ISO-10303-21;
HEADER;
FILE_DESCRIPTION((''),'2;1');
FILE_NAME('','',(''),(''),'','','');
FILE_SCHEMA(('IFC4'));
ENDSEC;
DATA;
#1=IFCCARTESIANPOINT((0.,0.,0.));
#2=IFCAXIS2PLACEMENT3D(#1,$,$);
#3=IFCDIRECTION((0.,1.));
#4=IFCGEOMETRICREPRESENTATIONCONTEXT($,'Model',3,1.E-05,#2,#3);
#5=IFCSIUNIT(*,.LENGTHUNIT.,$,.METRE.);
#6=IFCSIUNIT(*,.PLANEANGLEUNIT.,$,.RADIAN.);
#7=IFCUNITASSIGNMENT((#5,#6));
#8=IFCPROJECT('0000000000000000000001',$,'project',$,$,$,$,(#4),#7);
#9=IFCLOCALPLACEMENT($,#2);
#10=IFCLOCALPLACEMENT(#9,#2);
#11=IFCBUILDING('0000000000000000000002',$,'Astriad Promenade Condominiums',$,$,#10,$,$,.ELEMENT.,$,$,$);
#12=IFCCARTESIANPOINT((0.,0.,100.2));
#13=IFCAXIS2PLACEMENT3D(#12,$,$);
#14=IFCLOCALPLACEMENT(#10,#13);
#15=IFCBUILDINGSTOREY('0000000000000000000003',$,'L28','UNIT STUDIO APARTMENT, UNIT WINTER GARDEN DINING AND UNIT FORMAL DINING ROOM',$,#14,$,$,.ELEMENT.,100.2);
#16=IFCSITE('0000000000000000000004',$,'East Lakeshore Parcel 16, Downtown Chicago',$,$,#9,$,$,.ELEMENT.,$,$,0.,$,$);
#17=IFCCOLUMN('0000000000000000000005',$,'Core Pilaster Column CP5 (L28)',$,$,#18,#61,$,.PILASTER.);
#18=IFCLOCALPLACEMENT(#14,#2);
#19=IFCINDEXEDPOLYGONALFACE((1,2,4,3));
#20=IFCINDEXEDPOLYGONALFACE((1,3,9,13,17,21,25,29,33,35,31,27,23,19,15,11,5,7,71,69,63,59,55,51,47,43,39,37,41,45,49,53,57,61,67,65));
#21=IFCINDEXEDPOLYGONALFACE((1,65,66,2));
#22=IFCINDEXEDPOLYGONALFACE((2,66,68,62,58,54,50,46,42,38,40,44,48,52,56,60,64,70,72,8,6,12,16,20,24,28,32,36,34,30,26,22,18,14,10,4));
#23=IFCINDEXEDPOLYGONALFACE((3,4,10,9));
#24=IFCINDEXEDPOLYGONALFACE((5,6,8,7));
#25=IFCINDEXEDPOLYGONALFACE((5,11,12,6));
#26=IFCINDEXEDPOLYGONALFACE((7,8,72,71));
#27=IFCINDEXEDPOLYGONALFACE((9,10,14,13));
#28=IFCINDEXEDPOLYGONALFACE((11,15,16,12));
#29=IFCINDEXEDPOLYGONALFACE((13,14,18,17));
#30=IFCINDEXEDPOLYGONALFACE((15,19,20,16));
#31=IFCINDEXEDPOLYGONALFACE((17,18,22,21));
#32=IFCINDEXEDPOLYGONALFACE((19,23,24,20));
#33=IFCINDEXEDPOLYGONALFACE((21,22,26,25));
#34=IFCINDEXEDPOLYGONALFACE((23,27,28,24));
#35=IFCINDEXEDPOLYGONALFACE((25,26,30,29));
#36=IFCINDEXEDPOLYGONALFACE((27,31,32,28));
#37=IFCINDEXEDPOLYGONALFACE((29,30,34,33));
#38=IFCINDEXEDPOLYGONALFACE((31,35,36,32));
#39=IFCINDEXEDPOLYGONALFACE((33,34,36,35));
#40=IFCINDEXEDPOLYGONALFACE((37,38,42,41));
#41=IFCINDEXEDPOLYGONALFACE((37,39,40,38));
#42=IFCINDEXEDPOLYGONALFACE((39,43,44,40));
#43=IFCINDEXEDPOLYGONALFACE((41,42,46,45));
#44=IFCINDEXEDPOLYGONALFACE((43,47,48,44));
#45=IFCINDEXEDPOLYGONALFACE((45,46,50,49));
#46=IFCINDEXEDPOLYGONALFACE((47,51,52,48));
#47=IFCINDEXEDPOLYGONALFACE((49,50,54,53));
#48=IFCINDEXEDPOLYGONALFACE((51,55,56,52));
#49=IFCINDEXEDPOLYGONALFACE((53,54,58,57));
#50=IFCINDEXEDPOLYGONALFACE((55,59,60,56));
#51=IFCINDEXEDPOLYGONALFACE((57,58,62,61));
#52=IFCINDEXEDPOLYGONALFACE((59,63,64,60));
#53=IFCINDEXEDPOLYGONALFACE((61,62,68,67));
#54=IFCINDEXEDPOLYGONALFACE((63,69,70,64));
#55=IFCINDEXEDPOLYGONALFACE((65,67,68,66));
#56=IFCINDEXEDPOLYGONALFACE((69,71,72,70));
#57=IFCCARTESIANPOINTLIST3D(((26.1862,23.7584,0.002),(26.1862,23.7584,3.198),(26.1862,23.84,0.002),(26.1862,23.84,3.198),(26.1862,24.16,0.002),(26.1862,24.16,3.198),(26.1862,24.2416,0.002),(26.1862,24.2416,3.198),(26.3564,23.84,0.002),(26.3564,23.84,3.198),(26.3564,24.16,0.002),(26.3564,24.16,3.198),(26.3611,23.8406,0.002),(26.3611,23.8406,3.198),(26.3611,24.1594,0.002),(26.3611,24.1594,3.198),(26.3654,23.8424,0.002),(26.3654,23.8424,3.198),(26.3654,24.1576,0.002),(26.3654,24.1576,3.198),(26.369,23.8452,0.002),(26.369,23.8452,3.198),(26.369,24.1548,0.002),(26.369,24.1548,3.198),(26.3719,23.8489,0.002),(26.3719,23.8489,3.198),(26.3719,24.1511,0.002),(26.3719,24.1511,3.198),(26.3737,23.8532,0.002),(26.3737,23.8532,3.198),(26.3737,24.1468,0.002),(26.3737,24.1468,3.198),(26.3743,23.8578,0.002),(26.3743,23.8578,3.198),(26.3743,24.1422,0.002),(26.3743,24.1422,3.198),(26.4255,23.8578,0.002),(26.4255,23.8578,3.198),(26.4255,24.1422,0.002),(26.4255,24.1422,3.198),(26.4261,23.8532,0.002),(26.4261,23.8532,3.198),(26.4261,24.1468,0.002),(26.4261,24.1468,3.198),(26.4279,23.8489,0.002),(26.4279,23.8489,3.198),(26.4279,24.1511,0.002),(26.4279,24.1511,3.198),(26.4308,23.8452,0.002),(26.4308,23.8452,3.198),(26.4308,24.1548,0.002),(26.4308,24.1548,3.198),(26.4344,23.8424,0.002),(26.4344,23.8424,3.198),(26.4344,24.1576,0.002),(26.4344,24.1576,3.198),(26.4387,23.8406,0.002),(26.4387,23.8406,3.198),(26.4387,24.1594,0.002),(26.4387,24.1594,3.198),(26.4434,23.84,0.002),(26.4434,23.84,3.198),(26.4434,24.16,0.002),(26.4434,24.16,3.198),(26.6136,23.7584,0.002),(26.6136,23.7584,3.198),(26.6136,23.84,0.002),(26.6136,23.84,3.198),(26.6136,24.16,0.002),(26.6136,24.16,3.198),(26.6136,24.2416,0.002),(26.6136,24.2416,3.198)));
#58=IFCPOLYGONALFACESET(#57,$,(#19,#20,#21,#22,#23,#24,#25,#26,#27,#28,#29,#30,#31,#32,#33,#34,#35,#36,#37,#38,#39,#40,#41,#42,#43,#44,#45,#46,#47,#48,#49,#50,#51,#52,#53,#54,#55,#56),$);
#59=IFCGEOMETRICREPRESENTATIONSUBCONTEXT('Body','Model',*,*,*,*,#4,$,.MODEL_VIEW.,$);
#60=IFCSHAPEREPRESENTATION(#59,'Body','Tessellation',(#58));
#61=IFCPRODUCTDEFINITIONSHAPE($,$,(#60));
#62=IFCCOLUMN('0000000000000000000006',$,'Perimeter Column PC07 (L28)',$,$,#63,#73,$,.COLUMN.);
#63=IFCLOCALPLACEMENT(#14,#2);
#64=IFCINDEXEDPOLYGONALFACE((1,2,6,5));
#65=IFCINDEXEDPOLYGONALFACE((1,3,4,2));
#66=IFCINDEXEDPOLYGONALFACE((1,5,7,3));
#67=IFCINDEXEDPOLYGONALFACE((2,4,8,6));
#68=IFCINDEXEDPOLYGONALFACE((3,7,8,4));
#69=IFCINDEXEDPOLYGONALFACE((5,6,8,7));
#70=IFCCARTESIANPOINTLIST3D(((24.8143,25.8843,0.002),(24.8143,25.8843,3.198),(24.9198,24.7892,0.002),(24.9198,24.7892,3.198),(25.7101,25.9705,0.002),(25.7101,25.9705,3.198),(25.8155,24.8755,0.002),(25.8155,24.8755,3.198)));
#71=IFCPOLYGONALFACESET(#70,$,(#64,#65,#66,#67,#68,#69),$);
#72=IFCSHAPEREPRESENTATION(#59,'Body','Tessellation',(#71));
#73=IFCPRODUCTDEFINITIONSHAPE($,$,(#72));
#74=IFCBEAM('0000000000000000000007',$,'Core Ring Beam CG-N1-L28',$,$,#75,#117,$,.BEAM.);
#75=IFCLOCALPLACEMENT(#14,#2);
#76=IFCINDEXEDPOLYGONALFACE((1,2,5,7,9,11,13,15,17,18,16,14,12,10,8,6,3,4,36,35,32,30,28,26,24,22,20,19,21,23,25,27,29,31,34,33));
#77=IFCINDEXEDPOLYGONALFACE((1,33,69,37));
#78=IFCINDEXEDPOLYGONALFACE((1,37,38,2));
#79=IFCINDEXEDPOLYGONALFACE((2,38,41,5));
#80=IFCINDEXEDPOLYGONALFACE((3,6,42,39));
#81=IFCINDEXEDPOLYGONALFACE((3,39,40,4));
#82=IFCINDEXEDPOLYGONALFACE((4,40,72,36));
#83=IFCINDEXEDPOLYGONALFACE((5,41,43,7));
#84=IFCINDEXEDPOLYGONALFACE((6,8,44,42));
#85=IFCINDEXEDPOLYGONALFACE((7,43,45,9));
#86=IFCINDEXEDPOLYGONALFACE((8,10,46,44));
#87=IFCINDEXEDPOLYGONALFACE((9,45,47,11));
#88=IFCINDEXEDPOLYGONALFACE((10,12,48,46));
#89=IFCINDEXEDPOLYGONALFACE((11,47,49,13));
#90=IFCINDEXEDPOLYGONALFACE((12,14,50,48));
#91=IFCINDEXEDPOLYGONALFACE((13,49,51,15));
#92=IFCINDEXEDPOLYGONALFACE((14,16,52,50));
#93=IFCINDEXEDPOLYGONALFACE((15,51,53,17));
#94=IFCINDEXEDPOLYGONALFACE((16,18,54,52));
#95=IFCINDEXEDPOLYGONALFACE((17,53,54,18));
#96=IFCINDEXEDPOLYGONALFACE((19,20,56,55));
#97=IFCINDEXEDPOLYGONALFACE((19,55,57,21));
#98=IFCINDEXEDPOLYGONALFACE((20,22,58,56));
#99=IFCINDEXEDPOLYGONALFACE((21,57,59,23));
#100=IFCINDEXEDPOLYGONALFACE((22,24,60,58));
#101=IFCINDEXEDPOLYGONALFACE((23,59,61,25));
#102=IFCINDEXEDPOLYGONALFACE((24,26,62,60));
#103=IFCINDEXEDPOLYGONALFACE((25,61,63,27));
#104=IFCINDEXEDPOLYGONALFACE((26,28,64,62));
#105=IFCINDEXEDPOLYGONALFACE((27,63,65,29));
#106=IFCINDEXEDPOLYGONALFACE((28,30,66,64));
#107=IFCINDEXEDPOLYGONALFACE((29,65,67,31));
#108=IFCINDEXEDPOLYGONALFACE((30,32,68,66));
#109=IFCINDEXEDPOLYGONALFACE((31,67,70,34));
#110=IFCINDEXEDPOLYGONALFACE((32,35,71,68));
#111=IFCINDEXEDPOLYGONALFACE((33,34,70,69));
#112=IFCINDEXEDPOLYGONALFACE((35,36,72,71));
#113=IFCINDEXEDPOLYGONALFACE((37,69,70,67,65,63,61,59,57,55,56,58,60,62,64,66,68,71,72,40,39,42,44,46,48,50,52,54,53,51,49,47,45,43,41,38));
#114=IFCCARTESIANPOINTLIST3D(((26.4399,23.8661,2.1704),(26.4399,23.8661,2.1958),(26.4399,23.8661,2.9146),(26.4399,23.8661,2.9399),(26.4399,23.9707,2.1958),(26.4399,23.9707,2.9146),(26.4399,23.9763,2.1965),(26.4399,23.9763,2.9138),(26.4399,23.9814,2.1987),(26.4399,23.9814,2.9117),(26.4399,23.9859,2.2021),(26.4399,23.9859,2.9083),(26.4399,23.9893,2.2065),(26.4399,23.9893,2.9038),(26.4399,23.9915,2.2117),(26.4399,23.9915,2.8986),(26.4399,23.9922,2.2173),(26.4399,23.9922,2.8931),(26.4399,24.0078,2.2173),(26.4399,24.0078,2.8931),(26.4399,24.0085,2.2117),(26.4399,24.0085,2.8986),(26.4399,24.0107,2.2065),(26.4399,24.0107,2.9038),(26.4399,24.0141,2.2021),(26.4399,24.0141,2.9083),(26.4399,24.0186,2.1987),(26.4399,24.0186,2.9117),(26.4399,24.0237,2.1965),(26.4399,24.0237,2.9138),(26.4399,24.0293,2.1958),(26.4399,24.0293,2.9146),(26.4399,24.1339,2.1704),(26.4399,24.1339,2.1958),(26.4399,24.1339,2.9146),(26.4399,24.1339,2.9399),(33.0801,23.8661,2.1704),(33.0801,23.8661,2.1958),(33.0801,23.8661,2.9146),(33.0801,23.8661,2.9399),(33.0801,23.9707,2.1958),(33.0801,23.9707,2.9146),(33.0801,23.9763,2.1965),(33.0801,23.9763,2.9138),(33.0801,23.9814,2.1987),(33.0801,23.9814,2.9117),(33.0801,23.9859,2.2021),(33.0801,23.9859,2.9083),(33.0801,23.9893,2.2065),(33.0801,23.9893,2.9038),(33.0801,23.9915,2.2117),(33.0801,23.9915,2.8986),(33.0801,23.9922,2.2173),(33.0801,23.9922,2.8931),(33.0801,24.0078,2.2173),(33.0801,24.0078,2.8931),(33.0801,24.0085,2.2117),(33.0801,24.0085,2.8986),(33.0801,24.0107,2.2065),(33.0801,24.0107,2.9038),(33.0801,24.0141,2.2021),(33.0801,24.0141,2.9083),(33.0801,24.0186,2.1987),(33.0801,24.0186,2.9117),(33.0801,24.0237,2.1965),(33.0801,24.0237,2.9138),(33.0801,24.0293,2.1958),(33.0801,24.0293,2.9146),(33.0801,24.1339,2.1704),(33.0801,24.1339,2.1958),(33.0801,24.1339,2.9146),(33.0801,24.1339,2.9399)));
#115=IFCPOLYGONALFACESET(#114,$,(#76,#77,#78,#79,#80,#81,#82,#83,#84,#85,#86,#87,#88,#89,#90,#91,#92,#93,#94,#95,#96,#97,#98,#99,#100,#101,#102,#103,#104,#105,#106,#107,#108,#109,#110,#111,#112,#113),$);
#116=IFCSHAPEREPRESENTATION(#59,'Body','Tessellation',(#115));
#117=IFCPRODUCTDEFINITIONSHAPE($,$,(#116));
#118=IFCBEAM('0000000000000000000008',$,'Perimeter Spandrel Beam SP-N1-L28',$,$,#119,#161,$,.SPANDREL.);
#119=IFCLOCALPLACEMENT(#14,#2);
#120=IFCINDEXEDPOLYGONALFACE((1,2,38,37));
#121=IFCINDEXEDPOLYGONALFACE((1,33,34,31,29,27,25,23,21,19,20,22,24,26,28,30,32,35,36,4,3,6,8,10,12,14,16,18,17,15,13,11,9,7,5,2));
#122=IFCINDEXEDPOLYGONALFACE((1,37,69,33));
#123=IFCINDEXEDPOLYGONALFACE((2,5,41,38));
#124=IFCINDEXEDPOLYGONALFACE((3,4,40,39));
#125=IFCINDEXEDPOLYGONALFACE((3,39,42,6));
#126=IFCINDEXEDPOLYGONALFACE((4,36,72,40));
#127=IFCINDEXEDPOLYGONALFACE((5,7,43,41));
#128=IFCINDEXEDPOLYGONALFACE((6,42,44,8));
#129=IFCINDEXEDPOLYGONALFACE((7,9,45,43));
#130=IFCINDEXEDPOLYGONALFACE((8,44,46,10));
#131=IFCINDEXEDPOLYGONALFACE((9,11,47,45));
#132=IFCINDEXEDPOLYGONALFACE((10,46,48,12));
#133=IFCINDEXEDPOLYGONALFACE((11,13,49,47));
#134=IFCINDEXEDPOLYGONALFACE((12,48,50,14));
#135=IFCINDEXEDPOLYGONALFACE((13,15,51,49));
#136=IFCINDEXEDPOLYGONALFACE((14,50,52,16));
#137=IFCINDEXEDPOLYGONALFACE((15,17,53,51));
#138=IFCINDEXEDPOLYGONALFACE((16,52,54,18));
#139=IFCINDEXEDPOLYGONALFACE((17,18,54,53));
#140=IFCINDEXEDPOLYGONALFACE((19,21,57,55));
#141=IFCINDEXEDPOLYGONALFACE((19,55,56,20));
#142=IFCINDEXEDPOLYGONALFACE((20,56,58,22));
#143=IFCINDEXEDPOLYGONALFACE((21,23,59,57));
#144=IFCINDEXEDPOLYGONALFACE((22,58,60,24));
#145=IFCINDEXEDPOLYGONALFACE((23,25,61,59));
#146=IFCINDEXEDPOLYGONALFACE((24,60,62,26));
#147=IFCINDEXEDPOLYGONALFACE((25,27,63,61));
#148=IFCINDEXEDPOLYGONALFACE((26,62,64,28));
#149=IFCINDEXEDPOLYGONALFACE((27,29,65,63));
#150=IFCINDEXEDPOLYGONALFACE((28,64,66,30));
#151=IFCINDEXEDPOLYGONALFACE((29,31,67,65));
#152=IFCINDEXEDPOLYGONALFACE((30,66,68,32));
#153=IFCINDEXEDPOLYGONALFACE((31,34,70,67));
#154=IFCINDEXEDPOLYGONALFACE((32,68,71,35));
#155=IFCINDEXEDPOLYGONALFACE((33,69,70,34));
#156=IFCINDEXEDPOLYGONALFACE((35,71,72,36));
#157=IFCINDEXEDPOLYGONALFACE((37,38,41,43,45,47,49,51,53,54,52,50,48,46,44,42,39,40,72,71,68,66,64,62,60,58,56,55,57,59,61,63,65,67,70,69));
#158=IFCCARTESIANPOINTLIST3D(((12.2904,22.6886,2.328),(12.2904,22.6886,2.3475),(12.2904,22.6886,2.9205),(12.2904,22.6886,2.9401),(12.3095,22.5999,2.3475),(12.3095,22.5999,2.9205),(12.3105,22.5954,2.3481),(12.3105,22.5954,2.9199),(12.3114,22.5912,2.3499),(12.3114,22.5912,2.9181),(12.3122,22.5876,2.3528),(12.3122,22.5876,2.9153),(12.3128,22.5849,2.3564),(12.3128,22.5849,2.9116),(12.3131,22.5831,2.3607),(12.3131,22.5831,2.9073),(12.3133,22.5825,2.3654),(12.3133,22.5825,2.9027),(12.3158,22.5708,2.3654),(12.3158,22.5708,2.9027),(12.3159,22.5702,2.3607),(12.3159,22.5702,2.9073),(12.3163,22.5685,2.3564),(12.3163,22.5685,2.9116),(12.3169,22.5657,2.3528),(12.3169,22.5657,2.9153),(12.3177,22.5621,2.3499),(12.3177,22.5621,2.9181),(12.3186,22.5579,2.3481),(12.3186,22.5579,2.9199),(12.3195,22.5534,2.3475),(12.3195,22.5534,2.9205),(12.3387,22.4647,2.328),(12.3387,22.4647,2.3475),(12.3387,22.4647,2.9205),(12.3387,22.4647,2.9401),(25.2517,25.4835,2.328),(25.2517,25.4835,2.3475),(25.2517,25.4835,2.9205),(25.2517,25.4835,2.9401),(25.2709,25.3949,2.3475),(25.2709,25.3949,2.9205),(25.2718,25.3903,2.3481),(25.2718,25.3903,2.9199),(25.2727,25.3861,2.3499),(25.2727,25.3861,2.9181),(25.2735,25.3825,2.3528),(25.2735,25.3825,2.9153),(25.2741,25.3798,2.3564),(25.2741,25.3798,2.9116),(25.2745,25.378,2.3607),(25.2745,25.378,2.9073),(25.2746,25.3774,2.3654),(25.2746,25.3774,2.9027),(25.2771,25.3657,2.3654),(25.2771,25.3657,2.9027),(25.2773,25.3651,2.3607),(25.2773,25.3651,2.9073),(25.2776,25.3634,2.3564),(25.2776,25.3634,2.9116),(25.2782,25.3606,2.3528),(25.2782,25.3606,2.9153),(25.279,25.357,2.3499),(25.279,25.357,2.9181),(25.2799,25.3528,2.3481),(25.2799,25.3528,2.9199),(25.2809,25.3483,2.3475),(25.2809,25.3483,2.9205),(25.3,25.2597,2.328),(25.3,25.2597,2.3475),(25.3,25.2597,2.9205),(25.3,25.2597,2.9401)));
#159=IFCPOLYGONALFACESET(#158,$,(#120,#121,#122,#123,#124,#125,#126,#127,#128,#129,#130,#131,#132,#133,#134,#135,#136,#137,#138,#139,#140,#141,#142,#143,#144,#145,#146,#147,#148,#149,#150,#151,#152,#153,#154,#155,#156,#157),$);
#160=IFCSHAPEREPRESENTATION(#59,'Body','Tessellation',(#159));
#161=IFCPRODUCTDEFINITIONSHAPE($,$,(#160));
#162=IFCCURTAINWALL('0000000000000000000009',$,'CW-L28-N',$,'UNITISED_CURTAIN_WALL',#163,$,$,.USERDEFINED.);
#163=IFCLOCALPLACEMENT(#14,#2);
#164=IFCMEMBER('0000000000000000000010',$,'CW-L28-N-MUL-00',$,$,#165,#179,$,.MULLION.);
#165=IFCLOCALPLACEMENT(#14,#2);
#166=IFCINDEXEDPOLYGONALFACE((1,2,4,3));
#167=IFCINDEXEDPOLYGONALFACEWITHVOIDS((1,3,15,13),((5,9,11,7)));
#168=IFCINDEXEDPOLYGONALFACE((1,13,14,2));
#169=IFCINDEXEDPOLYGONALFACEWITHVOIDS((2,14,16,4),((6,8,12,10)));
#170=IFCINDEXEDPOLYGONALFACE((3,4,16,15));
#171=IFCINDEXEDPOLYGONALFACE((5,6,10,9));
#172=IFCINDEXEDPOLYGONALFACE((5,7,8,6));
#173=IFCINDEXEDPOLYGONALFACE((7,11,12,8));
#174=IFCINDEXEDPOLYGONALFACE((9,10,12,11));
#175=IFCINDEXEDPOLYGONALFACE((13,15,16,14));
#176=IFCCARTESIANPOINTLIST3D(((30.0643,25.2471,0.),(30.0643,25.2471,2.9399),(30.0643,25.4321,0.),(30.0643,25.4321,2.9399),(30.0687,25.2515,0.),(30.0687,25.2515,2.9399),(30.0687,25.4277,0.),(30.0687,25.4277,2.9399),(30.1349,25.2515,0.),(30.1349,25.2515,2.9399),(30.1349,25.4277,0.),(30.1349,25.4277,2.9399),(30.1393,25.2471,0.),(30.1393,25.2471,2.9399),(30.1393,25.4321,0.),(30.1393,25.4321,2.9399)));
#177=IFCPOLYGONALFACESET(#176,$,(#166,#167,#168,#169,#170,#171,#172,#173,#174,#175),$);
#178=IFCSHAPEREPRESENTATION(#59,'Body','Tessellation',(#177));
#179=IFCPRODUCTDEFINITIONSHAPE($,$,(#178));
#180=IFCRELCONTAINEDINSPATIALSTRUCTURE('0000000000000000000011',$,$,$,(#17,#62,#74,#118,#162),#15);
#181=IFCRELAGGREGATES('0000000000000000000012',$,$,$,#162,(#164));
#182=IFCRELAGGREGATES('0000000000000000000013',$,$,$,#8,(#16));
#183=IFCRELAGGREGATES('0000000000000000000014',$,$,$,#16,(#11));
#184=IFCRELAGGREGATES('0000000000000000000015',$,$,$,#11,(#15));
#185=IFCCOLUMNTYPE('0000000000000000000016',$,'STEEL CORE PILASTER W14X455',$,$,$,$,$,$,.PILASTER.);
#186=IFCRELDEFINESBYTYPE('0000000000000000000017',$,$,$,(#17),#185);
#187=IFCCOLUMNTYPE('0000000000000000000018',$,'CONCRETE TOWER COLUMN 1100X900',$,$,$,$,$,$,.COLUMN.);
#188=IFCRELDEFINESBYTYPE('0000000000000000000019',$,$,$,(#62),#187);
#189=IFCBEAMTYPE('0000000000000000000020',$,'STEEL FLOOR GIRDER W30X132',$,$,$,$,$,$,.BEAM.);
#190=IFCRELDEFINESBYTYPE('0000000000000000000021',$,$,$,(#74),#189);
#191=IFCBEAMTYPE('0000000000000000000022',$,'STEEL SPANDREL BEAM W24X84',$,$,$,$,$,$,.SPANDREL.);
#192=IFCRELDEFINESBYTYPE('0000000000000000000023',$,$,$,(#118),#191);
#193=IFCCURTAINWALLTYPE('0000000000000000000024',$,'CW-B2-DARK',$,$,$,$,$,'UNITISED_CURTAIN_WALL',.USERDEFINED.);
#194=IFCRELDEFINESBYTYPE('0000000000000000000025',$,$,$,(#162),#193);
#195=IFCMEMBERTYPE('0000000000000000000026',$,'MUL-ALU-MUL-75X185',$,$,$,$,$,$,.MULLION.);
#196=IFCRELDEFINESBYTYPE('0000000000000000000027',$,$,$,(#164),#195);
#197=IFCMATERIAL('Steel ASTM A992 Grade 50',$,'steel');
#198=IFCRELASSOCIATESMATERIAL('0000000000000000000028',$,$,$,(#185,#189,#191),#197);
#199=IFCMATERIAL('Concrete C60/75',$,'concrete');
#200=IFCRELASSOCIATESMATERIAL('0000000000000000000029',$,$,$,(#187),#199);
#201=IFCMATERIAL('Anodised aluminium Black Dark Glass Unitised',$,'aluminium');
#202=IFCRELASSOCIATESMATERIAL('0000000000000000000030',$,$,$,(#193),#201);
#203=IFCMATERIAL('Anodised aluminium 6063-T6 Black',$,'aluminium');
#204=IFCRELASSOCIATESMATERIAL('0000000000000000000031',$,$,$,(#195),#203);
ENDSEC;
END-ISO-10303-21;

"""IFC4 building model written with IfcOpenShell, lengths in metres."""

from ifc_helpers import new_model, si_unit, direction, frame, origin, origin_2d, place, context, subcontext, project, spatial, rectangle, hollow_rectangle, i_section, extrude, source, transform, mapped, material, material_profile, profile_set, type_object, type_shapes, element, aggregate, save


model = new_model("IFC4")

# Units and contexts
model_context = context("Model", 3, precision=1e-05, world=origin(), true_north=direction((0.0, 1.0)))
body_context = subcontext(model_context, "Body", "Model", "MODEL_VIEW")
ifc_project = project(units=[si_unit("LENGTHUNIT", "METRE"), si_unit("PLANEANGLEUNIT", "RADIAN")], contexts=[model_context])

# Site, building, storey
site_placement = place(None, origin())
site = spatial("IfcSite", under=ifc_project, at=site_placement, Name="East Lakeshore Parcel 16, Downtown Chicago", CompositionType="ELEMENT", RefElevation=0.0)
building_placement = place(site_placement, origin())
building = spatial("IfcBuilding", under=site, at=building_placement, Name="Astriad Promenade Condominiums", CompositionType="ELEMENT")
storey_placement = place(building_placement, frame((0.0, 0.0, 100.2)))
storey = spatial("IfcBuildingStorey", under=building, at=storey_placement, Name="L28", Description="UNIT STUDIO APARTMENT, UNIT WINTER GARDEN DINING AND UNIT FORMAL DINING ROOM", CompositionType="ELEMENT", Elevation=100.2)

# Columns
ifc_material_1 = material(Name="Steel ASTM A992 Grade 50", Category="steel")
ifc_material_profile_1 = material_profile(ifc_material_1, i_section(OverallWidth=0.4275, OverallDepth=0.4832, WebThickness=0.0513, FlangeThickness=0.0815, FilletRadius=0.0178, at=origin_2d()), Name="W14X455")
ifc_profile_set_1 = profile_set([ifc_material_profile_1], Name="Steel ASTM A992 Grade 50")
column_type_1 = type_object("IfcColumnType", Name="STEEL CORE PILASTER W14X455", PredefinedType="PILASTER", material=ifc_profile_set_1)
shared_shape_1 = source(origin(), body_context, "Body", "SweptSolid", [
    extrude(i_section(OverallWidth=0.4275, OverallDepth=0.4832, WebThickness=0.0513, FlangeThickness=0.0815, FilletRadius=0.0178, at=origin_2d()), origin(), (0.0, 0.0, 1.0), 3.196),
])
type_shapes(column_type_1, [shared_shape_1])
column_1_placement = place(storey_placement, frame((26.3999, 24.0, 0.002), z_axis=(0.0, 0.0, 1.0), x_axis=(1.0, 0.0, 0.0)))
element("IfcColumn", 1, at=column_1_placement, inside=storey, type_object=column_type_1, Name="Core Pilaster Column CP5 (L28)", PredefinedType="PILASTER", context=body_context, shape_type="MappedRepresentation", body=[
    mapped(shared_shape_1, transform((0.0, 0.0, 0.0), scale=1.0)),
])
ifc_material_2 = material(Name="Concrete C60/75", Category="concrete")
ifc_material_profile_2 = material_profile(ifc_material_2, rectangle(XDim=0.8999, YDim=1.1001, at=origin_2d()), Name="RC-COL-1100X900")
ifc_profile_set_2 = profile_set([ifc_material_profile_2], Name="Concrete C60/75")
column_type_2 = type_object("IfcColumnType", Name="CONCRETE TOWER COLUMN 1100X900", PredefinedType="COLUMN", material=ifc_profile_set_2)
shared_shape_2 = source(origin(), body_context, "Body", "SweptSolid", [
    extrude(rectangle(XDim=0.8999, YDim=1.1001, at=origin_2d()), origin(), (0.0, 0.0, 1.0), 3.196),
])
type_shapes(column_type_2, [shared_shape_2])
column_2_placement = place(storey_placement, frame((25.3149, 25.3799, 0.002), z_axis=(0.0, 0.0, 1.0), x_axis=(0.995396, 0.095846, 0.0)))
element("IfcColumn", 2, at=column_2_placement, inside=storey, type_object=column_type_2, Name="Perimeter Column PC07 (L28)", PredefinedType="COLUMN", context=body_context, shape_type="MappedRepresentation", body=[
    mapped(shared_shape_2, transform((0.0, 0.0, 0.0), scale=1.0)),
])

# Beams
ifc_material_profile_3 = material_profile(ifc_material_1, i_section(OverallWidth=0.2678, OverallDepth=0.7695, WebThickness=0.0156, FlangeThickness=0.0254, FilletRadius=0.0215, at=origin_2d()), Name="W30X132")
ifc_profile_set_3 = profile_set([ifc_material_profile_3], Name="Steel ASTM A992 Grade 50")
beam_type_1 = type_object("IfcBeamType", Name="STEEL FLOOR GIRDER W30X132", PredefinedType="BEAM", material=ifc_profile_set_3)
shared_shape_3 = source(origin(), body_context, "Body", "SweptSolid", [
    extrude(i_section(OverallWidth=0.2678, OverallDepth=0.7695, WebThickness=0.0156, FlangeThickness=0.0254, FilletRadius=0.0215, at=origin_2d()), origin(), (0.0, 0.0, 1.0), 6.6401),
])
type_shapes(beam_type_1, [shared_shape_3])
beam_1_placement = place(storey_placement, frame((26.4399, 24.0, 2.5552), z_axis=(1.0, 0.0, 0.0), x_axis=(0.0, 1.0, 0.0)))
element("IfcBeam", 3, at=beam_1_placement, inside=storey, type_object=beam_type_1, Name="Core Ring Beam CG-N1-L28", PredefinedType="BEAM", context=body_context, shape_type="MappedRepresentation", body=[
    mapped(shared_shape_3, transform((0.0, 0.0, 0.0), scale=1.0)),
])
ifc_material_profile_4 = material_profile(ifc_material_1, i_section(OverallWidth=0.229, OverallDepth=0.6121, WebThickness=0.012, FlangeThickness=0.0195, FilletRadius=0.0178, at=origin_2d()), Name="W24X84")
ifc_profile_set_4 = profile_set([ifc_material_profile_4], Name="Steel ASTM A992 Grade 50")
beam_type_2 = type_object("IfcBeamType", Name="STEEL SPANDREL BEAM W24X84", PredefinedType="SPANDREL", material=ifc_profile_set_4)
shared_shape_4 = source(origin(), body_context, "Body", "SweptSolid", [
    extrude(i_section(OverallWidth=0.229, OverallDepth=0.6121, WebThickness=0.012, FlangeThickness=0.0195, FilletRadius=0.0178, at=origin_2d()), origin(), (0.0, 0.0, 1.0), 13.2593),
])
type_shapes(beam_type_2, [shared_shape_4])
beam_2_placement = place(storey_placement, frame((25.2759, 25.3716, 2.634), z_axis=(-0.977532, -0.210789, 0.0), x_axis=(0.210789, -0.977532, 0.0)))
element("IfcBeam", 4, at=beam_2_placement, inside=storey, type_object=beam_type_2, Name="Perimeter Spandrel Beam SP-N1-L28", PredefinedType="SPANDREL", context=body_context, shape_type="MappedRepresentation", body=[
    mapped(shared_shape_4, transform((0.0, 0.0, 0.0), scale=1.0)),
])

# Curtain wall, member
ifc_material_3 = material(Name="Anodised aluminium Black Dark Glass Unitised", Category="aluminium")
curtain_wall_type = type_object("IfcCurtainWallType", Name="CW-B2-DARK", ElementType="UNITISED_CURTAIN_WALL", PredefinedType="USERDEFINED", material=ifc_material_3)
curtain_wall_placement = place(storey_placement, origin())
curtain_wall = element("IfcCurtainWall", 5, at=curtain_wall_placement, inside=storey, type_object=curtain_wall_type, Name="CW-L28-N", ObjectType="UNITISED_CURTAIN_WALL", PredefinedType="USERDEFINED")
ifc_material_4 = material(Name="Anodised aluminium 6063-T6 Black", Category="aluminium")
ifc_material_profile_5 = material_profile(ifc_material_4, hollow_rectangle(XDim=0.075, YDim=0.1851, WallThickness=0.0044, at=origin_2d()), Name="ALU-MUL-75X185")
ifc_profile_set_5 = profile_set([ifc_material_profile_5], Name="Anodised aluminium 6063-T6 Black")
member_type_1 = type_object("IfcMemberType", Name="MUL-ALU-MUL-75X185", PredefinedType="MULLION", material=ifc_profile_set_5)
shared_shape_5 = source(origin(), body_context, "Body", "SweptSolid", [
    extrude(hollow_rectangle(XDim=0.075, YDim=0.1851, WallThickness=0.0044, at=origin_2d()), origin(), (0.0, 0.0, 1.0), 2.9399),
])
type_shapes(member_type_1, [shared_shape_5])
member_1_placement = place(storey_placement, frame((30.1018, 25.3396, 0.0), z_axis=(0.0, 0.0, 1.0), x_axis=(1.0, 0.0, 0.0)))
member_1 = element("IfcMember", 6, at=member_1_placement, type_object=member_type_1, Name="CW-L28-N-MUL-00", PredefinedType="MULLION", context=body_context, shape_type="MappedRepresentation", body=[
    mapped(shared_shape_5, transform((0.0, 0.0, 0.0), scale=1.0)),
])
aggregate(curtain_wall, [member_1])

save(model, "model.ifc")
